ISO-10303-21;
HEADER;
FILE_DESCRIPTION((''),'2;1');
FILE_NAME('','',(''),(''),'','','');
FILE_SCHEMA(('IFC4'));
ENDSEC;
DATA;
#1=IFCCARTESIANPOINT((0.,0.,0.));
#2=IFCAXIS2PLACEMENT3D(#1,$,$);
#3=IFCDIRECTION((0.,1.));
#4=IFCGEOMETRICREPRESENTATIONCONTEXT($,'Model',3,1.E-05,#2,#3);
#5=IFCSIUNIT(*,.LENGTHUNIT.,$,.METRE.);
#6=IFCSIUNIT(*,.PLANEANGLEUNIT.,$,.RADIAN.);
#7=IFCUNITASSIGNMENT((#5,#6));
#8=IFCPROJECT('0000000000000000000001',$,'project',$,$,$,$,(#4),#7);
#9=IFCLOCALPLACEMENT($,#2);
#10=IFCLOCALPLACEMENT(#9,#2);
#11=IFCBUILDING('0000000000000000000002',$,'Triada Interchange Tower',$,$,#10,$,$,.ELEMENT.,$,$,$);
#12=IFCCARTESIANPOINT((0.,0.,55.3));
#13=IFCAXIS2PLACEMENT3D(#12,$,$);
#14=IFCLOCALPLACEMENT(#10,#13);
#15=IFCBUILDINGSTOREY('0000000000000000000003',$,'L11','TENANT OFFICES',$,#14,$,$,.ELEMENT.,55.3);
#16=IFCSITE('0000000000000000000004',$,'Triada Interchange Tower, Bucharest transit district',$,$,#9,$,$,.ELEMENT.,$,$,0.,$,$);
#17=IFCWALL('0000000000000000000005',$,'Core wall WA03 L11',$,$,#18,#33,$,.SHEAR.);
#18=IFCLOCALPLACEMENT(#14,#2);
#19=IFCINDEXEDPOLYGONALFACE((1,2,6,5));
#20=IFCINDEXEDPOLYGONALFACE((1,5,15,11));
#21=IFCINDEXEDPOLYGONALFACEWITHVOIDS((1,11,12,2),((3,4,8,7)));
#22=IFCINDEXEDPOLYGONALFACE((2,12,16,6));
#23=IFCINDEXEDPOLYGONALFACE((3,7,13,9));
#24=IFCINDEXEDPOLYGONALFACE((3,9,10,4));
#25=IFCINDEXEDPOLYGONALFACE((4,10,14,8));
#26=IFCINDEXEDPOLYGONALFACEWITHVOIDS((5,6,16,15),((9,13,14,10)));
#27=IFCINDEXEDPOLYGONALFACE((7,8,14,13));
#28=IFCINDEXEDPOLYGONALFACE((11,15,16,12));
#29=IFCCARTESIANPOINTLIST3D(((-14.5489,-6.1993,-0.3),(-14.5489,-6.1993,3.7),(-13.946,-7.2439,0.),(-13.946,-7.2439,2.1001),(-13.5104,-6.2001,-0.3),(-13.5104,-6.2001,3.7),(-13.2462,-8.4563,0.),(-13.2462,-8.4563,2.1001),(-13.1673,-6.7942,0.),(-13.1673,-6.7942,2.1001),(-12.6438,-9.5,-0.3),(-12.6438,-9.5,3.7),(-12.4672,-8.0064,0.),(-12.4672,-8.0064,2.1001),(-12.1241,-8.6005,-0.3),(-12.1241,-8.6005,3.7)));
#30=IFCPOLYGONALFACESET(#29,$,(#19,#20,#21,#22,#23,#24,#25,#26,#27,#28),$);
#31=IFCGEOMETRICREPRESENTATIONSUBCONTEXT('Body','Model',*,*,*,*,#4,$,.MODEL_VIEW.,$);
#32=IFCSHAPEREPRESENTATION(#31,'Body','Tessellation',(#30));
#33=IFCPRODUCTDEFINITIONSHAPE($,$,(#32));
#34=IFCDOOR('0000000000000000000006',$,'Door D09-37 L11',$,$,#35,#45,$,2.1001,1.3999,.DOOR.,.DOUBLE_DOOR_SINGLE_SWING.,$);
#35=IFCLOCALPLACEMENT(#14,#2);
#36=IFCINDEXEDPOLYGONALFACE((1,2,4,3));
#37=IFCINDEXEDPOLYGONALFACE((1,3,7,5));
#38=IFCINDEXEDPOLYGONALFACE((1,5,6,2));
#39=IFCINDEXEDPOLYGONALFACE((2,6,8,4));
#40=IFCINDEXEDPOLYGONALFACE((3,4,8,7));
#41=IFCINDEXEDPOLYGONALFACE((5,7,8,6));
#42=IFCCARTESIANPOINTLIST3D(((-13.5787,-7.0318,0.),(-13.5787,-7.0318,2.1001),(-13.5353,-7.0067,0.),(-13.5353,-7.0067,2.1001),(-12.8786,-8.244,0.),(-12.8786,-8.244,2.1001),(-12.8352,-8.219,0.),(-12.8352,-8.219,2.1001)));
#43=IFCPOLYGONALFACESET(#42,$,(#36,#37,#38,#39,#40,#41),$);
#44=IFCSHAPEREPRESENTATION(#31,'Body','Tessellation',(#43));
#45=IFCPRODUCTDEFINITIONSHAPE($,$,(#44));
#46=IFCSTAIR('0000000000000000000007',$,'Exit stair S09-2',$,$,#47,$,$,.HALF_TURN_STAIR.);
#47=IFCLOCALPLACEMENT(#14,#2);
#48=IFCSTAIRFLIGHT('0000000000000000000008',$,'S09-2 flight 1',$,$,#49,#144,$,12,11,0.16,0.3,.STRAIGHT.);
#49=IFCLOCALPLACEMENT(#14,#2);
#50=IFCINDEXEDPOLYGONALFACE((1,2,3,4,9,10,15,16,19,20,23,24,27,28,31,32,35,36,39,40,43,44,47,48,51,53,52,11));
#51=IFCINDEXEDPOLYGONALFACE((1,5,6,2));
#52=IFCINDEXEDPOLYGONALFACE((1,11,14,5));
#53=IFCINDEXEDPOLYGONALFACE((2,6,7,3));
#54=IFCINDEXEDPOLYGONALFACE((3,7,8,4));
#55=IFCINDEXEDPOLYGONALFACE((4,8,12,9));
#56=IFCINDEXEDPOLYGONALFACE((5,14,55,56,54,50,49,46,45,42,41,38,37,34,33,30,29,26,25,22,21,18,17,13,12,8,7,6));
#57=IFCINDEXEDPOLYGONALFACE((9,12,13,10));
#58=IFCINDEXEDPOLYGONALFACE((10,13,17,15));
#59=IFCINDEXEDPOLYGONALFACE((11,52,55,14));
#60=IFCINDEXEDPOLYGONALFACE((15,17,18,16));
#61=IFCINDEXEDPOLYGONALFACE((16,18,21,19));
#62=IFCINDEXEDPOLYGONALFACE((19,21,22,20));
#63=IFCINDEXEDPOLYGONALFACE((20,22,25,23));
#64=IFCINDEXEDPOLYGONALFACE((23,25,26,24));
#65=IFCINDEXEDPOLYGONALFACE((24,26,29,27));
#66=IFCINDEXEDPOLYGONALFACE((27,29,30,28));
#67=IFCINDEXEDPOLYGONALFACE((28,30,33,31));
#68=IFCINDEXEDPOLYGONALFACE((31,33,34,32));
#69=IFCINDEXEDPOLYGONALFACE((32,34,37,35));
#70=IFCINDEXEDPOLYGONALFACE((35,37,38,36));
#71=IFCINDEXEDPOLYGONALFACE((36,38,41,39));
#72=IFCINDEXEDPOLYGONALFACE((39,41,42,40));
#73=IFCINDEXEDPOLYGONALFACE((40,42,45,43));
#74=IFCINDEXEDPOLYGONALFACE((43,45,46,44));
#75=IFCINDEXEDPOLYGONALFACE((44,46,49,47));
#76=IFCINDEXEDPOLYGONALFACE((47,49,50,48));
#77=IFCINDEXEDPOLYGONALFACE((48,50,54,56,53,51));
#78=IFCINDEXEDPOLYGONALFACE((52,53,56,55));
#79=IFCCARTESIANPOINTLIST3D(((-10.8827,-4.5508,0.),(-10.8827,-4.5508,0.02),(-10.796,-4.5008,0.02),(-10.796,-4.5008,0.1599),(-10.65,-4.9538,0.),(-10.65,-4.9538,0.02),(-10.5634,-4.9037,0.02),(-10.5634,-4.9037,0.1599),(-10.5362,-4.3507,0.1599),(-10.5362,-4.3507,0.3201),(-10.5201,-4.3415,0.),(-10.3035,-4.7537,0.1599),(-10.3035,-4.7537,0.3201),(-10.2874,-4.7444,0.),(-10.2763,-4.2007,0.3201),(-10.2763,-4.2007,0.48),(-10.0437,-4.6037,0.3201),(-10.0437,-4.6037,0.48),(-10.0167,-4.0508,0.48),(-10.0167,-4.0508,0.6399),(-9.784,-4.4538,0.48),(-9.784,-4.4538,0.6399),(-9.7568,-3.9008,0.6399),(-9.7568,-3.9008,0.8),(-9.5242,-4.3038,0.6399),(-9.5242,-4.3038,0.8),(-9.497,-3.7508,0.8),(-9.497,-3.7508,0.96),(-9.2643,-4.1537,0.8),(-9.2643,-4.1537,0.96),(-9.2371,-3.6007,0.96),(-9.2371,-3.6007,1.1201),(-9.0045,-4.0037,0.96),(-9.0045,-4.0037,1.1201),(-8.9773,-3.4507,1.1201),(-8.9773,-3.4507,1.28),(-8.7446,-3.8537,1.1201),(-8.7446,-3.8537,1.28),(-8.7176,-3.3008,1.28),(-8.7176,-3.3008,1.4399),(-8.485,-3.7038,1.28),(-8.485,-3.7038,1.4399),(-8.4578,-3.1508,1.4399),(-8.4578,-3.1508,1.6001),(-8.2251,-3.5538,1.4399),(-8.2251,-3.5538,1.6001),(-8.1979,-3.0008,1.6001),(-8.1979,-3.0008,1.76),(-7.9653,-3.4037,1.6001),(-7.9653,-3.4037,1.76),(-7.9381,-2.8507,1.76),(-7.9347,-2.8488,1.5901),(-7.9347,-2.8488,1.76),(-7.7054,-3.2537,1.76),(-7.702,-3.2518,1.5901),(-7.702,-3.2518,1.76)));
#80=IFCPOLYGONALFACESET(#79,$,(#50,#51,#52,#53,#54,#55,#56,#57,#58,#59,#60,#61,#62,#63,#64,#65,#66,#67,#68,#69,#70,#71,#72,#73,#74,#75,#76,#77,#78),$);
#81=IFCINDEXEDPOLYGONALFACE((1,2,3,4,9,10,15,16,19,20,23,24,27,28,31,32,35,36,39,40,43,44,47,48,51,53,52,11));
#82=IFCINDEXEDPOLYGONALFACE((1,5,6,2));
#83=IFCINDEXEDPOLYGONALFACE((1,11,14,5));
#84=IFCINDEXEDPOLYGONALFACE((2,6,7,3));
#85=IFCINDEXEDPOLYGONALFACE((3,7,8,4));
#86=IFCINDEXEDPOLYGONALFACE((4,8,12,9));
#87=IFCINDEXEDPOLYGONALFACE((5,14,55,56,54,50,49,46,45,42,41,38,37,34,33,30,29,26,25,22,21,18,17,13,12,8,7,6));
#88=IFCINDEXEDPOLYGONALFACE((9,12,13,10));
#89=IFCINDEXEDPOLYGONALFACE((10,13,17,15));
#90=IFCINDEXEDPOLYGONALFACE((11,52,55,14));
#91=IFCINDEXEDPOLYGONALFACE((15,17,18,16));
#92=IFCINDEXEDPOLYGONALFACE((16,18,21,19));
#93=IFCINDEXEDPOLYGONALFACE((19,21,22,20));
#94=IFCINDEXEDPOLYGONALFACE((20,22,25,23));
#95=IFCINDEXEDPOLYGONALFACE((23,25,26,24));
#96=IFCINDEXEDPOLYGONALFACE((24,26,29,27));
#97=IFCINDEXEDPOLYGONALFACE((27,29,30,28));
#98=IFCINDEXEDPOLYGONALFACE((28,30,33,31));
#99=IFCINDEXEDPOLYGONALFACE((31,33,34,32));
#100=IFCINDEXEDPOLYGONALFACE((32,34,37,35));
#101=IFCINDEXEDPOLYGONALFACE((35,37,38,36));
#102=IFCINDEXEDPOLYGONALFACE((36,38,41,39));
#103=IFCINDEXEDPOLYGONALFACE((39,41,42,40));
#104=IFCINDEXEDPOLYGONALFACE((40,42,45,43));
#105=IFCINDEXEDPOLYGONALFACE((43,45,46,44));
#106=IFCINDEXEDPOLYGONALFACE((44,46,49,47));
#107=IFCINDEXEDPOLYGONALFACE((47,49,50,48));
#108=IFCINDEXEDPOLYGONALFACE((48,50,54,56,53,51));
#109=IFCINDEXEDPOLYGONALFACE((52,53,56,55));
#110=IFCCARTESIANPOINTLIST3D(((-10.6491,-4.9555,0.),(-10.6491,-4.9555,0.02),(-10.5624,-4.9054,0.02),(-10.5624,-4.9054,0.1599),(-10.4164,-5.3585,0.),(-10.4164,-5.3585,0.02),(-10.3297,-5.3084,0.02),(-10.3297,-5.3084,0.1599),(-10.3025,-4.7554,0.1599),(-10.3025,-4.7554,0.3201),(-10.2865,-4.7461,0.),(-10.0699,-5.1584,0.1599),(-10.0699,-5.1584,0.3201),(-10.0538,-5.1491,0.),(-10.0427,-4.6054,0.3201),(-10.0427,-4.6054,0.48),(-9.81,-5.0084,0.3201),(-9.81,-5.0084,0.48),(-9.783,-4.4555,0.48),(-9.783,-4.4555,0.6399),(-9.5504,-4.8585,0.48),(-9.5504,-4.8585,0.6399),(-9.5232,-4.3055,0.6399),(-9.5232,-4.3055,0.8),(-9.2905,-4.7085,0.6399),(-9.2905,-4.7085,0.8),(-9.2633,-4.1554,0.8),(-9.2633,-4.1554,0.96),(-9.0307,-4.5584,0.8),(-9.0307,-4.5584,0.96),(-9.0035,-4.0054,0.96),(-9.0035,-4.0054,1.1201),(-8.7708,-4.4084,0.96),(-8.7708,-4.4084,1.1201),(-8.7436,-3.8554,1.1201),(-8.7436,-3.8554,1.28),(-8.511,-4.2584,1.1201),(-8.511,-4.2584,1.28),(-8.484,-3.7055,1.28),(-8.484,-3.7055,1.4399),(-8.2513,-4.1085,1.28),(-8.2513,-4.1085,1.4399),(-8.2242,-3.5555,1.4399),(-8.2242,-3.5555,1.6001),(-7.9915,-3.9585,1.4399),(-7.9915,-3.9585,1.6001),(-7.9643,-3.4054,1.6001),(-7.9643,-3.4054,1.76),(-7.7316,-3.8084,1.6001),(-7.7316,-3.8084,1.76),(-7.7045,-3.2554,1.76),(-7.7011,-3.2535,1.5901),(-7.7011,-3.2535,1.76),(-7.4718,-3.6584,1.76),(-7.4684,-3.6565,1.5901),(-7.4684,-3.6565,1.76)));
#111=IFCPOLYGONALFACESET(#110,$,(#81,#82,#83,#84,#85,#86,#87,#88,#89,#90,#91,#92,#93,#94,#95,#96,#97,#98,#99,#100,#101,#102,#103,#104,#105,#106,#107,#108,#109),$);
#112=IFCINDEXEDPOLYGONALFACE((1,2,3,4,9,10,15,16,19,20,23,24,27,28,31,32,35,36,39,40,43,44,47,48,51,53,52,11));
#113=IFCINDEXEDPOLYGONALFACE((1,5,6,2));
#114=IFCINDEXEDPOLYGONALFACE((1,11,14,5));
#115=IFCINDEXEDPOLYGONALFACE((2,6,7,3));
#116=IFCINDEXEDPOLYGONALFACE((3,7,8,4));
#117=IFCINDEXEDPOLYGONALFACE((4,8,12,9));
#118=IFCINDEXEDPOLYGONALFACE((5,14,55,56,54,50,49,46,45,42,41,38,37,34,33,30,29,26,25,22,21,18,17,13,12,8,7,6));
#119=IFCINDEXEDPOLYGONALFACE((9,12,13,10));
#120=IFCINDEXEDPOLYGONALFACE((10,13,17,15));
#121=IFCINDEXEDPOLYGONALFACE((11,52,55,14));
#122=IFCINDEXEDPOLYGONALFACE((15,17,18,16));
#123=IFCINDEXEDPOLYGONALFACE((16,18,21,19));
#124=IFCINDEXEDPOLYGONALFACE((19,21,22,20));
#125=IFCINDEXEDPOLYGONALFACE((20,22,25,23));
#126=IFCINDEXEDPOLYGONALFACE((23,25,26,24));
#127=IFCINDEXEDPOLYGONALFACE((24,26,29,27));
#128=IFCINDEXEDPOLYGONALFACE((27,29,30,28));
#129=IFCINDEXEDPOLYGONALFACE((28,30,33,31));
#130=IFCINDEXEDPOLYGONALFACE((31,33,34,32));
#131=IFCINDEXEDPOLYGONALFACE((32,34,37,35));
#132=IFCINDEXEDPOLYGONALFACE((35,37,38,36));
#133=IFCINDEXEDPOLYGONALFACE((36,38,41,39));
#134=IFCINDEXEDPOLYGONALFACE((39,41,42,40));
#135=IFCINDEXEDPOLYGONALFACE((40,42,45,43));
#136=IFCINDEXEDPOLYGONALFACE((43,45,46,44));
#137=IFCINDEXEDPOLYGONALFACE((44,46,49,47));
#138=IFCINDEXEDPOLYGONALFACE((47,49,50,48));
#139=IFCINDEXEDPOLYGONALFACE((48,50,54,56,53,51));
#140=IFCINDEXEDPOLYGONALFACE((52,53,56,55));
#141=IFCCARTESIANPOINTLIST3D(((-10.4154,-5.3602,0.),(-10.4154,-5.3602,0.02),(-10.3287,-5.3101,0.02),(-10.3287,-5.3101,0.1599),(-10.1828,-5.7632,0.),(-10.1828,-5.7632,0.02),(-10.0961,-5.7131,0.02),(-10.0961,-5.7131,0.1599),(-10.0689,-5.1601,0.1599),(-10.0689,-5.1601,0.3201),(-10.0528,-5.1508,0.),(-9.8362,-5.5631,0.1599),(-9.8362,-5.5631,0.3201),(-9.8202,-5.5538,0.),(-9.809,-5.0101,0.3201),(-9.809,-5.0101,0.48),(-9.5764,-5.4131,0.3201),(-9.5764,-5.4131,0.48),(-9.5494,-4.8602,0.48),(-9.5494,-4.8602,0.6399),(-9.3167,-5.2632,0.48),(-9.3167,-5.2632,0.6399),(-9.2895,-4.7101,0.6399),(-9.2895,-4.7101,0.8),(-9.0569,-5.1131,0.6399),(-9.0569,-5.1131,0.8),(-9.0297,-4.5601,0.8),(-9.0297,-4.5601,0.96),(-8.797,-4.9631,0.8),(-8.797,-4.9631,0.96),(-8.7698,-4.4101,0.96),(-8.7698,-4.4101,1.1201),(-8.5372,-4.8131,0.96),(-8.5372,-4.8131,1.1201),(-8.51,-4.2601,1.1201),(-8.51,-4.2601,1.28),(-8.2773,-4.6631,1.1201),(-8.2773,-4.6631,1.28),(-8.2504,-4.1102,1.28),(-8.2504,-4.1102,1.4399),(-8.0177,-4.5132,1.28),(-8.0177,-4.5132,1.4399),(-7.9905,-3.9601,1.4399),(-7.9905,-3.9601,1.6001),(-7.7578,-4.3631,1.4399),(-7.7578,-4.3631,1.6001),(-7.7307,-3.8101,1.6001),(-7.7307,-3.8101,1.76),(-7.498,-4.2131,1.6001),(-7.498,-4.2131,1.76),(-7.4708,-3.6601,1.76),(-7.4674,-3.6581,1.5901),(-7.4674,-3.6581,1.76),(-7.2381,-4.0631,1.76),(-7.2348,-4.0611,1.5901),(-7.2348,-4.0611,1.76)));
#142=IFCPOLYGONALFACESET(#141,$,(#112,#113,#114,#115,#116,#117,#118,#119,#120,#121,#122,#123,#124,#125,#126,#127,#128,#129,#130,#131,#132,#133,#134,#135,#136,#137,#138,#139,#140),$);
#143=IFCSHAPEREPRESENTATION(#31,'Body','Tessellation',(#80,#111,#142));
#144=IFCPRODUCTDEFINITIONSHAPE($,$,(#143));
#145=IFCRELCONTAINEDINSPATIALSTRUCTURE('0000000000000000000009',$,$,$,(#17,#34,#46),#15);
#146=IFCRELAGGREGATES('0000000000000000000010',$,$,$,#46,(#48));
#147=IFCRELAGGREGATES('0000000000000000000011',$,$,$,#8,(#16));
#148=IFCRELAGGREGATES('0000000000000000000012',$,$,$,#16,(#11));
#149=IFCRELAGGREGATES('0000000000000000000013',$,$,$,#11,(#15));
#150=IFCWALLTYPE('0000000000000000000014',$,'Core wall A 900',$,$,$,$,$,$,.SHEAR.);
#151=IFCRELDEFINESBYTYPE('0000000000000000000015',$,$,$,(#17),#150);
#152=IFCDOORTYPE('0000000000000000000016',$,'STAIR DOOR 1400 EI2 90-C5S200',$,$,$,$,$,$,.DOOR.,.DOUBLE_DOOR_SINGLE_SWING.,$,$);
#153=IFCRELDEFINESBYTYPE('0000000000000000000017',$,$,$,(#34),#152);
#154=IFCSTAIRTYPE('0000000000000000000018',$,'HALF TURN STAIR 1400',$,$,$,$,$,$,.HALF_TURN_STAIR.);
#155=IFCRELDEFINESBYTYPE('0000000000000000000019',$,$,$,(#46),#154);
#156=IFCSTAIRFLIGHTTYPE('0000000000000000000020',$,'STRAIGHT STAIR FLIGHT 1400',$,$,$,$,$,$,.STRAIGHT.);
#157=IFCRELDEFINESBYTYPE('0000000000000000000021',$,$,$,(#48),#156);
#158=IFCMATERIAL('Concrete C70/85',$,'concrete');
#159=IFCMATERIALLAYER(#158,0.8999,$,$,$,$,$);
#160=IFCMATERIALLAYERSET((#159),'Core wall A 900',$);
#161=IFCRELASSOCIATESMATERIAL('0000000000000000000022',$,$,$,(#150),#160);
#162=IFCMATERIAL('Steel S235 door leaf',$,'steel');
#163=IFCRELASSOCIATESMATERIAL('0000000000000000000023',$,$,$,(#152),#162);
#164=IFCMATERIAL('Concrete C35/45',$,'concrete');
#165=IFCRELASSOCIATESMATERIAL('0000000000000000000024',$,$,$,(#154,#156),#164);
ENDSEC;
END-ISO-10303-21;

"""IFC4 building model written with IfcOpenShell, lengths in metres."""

from ifc_helpers import new_model, si_unit, direction, frame, frame_2d, origin, place, context, subcontext, project, spatial, polyline, rectangle, outline, extrude, material, layer, layer_set, type_object, element, fill, aggregate, save


model = new_model("IFC4")

# Units and contexts
model_context = context("Model", 3, precision=1e-05, world=origin(), true_north=direction((0.0, 1.0)))
body_context = subcontext(model_context, "Body", "Model", "MODEL_VIEW")
ifc_project = project(units=[si_unit("LENGTHUNIT", "METRE"), si_unit("PLANEANGLEUNIT", "RADIAN")], contexts=[model_context])

# Site, building, storey
site_placement = place(None, origin())
site = spatial("IfcSite", under=ifc_project, at=site_placement, Name="Triada Interchange Tower, Bucharest transit district", CompositionType="ELEMENT", RefElevation=0.0)
building_placement = place(site_placement, origin())
building = spatial("IfcBuilding", under=site, at=building_placement, Name="Triada Interchange Tower", CompositionType="ELEMENT")
storey_placement = place(building_placement, frame((0.0, 0.0, 55.3)))
storey = spatial("IfcBuildingStorey", under=building, at=storey_placement, Name="L11", Description="TENANT OFFICES", CompositionType="ELEMENT", Elevation=55.3)

# Shared definitions
ifc_material_1 = material(Name="Steel S235 door leaf", Category="steel")

# Wall, opening, door
ifc_material_2 = material(Name="Concrete C70/85", Category="concrete")
ifc_layer_1 = layer(ifc_material_2, 0.8999)
ifc_layer_set_1 = layer_set([ifc_layer_1], Name="Core wall A 900")
wall_type_1 = type_object("IfcWallType", Name="Core wall A 900", PredefinedType="SHEAR", material=ifc_layer_set_1)
wall_1_placement = place(storey_placement, frame((-14.03, -6.2, -0.3), z_axis=(0.0, 0.0, 1.0), x_axis=(0.500112, -0.865961, 0.0)))
wall_1 = element("IfcWall", 1, at=wall_1_placement, inside=storey, type_object=wall_type_1, Name="Core wall WA03 L11", PredefinedType="SHEAR", context=body_context, shape_type="SweptSolid", body=[
    extrude(outline(polyline([(-0.26, -0.449), (1.6455, -0.4495), (3.551, -0.45), (3.032, 0.45), (1.646, 0.45), (0.26, 0.45), (-0.26, -0.449)])), origin(), (0.0, 0.0, 1.0), 4.0),
])
opening_1_placement = place(wall_1_placement, frame((0.946, 0.0, 0.3)))
opening_1 = element("IfcOpeningElement", 2, at=opening_1_placement, cuts=wall_1, PredefinedType="OPENING", context=body_context, shape_type="SweptSolid", body=[
    extrude(rectangle(XDim=1.3999, YDim=2.1001, at=frame_2d((0.7, 1.05))), frame((0.0, 0.46, 0.0), z_axis=(0.0, -1.0, 0.0), x_axis=(1.0, 0.0, 0.0)), (0.0, 0.0, 1.0), 0.9199),
])
door_type_1 = type_object("IfcDoorType", Name="STAIR DOOR 1400 EI2 90-C5S200", OperationType="DOUBLE_DOOR_SINGLE_SWING", PredefinedType="DOOR", material=ifc_material_1)
door_1_placement = place(opening_1_placement, origin())
door_1 = element("IfcDoor", 3, at=door_1_placement, inside=storey, type_object=door_type_1, Name="Door D09-37 L11", OperationType="DOUBLE_DOOR_SINGLE_SWING", OverallHeight=2.1001, OverallWidth=1.3999, PredefinedType="DOOR", context=body_context, shape_type="SweptSolid", body=[
    extrude(rectangle(XDim=1.3999, YDim=2.1001, at=frame_2d((0.7, 1.05))), frame((0.0, 0.0249, 0.0), z_axis=(0.0, -1.0, 0.0), x_axis=(1.0, 0.0, 0.0)), (0.0, 0.0, 1.0), 0.05),
])
fill(opening_1, door_1)

# Stair, stair flight
ifc_material_3 = material(Name="Concrete C35/45", Category="concrete")
stair_type = type_object("IfcStairType", Name="HALF TURN STAIR 1400", PredefinedType="HALF_TURN_STAIR", material=ifc_material_3)
stair_placement = place(storey_placement, origin())
stair = element("IfcStair", 4, at=stair_placement, inside=storey, type_object=stair_type, Name="Exit stair S09-2", PredefinedType="HALF_TURN_STAIR")
stair_flight_type = type_object("IfcStairFlightType", Name="STRAIGHT STAIR FLIGHT 1400", PredefinedType="STRAIGHT", material=ifc_material_3)
stair_flight_1_placement = place(storey_placement, frame((-10.446, -5.1069, 0.0), z_axis=(0.0, 0.0, 1.0), x_axis=(0.866025, 0.5, 0.0)))
stair_flight_1 = element("IfcStairFlight", 5, at=stair_flight_1_placement, type_object=stair_flight_type, Name="S09-2 flight 1", NumberOfRisers=12, NumberOfTreads=11, PredefinedType="STRAIGHT", RiserHeight=0.16, TreadLength=0.3, context=body_context, shape_type="SweptSolid", body=[
    extrude(outline(polyline([(-0.1001, 0.0), (-0.1001, 0.02), (0.0, 0.02), (0.0, 0.1599), (0.3, 0.1599), (0.3, 0.3201), (0.6001, 0.3201), (0.6001, 0.48), (0.8999, 0.48), (0.8999, 0.6399), (1.2, 0.6399), (1.2, 0.8), (1.5, 0.8), (1.5, 0.96), (1.8, 0.96), (1.8, 1.1201), (2.1001, 1.1201), (2.1001, 1.28), (2.3999, 1.28), (2.3999, 1.4399), (2.7, 1.4399), (2.7, 1.6001), (3.0, 1.6001), (3.0, 1.76), (3.3, 1.76), (3.304, 1.76), (3.304, 1.9199), (3.304, 1.5901), (0.3186, 0.0), (-0.1001, 0.0)])), frame((0.0, 0.7, 0.0), z_axis=(0.0, -1.0, 0.0), x_axis=(1.0, 0.0, 0.0)), (0.0, 0.0, 1.0), 0.4653),
    extrude(outline(polyline([(-0.1001, 0.0), (-0.1001, 0.02), (0.0, 0.02), (0.0, 0.1599), (0.3, 0.1599), (0.3, 0.3201), (0.6001, 0.3201), (0.6001, 0.48), (0.8999, 0.48), (0.8999, 0.6399), (1.2, 0.6399), (1.2, 0.8), (1.5, 0.8), (1.5, 0.96), (1.8, 0.96), (1.8, 1.1201), (2.1001, 1.1201), (2.1001, 1.28), (2.3999, 1.28), (2.3999, 1.4399), (2.7, 1.4399), (2.7, 1.6001), (3.0, 1.6001), (3.0, 1.76), (3.3, 1.76), (3.304, 1.76), (3.304, 1.9199), (3.304, 1.5901), (0.3186, 0.0), (-0.1001, 0.0)])), frame((0.0, 0.2327, 0.0), z_axis=(0.0, -1.0, 0.0), x_axis=(1.0, 0.0, 0.0)), (0.0, 0.0, 1.0), 0.4653),
    extrude(outline(polyline([(-0.1001, 0.0), (-0.1001, 0.02), (0.0, 0.02), (0.0, 0.1599), (0.3, 0.1599), (0.3, 0.3201), (0.6001, 0.3201), (0.6001, 0.48), (0.8999, 0.48), (0.8999, 0.6399), (1.2, 0.6399), (1.2, 0.8), (1.5, 0.8), (1.5, 0.96), (1.8, 0.96), (1.8, 1.1201), (2.1001, 1.1201), (2.1001, 1.28), (2.3999, 1.28), (2.3999, 1.4399), (2.7, 1.4399), (2.7, 1.6001), (3.0, 1.6001), (3.0, 1.76), (3.3, 1.76), (3.304, 1.76), (3.304, 1.9199), (3.304, 1.5901), (0.3186, 0.0), (-0.1001, 0.0)])), frame((0.0, -0.2346, 0.0), z_axis=(0.0, -1.0, 0.0), x_axis=(1.0, 0.0, 0.0)), (0.0, 0.0, 1.0), 0.4653),
])
aggregate(stair, [stair_flight_1])

save(model, "model.ifc")
